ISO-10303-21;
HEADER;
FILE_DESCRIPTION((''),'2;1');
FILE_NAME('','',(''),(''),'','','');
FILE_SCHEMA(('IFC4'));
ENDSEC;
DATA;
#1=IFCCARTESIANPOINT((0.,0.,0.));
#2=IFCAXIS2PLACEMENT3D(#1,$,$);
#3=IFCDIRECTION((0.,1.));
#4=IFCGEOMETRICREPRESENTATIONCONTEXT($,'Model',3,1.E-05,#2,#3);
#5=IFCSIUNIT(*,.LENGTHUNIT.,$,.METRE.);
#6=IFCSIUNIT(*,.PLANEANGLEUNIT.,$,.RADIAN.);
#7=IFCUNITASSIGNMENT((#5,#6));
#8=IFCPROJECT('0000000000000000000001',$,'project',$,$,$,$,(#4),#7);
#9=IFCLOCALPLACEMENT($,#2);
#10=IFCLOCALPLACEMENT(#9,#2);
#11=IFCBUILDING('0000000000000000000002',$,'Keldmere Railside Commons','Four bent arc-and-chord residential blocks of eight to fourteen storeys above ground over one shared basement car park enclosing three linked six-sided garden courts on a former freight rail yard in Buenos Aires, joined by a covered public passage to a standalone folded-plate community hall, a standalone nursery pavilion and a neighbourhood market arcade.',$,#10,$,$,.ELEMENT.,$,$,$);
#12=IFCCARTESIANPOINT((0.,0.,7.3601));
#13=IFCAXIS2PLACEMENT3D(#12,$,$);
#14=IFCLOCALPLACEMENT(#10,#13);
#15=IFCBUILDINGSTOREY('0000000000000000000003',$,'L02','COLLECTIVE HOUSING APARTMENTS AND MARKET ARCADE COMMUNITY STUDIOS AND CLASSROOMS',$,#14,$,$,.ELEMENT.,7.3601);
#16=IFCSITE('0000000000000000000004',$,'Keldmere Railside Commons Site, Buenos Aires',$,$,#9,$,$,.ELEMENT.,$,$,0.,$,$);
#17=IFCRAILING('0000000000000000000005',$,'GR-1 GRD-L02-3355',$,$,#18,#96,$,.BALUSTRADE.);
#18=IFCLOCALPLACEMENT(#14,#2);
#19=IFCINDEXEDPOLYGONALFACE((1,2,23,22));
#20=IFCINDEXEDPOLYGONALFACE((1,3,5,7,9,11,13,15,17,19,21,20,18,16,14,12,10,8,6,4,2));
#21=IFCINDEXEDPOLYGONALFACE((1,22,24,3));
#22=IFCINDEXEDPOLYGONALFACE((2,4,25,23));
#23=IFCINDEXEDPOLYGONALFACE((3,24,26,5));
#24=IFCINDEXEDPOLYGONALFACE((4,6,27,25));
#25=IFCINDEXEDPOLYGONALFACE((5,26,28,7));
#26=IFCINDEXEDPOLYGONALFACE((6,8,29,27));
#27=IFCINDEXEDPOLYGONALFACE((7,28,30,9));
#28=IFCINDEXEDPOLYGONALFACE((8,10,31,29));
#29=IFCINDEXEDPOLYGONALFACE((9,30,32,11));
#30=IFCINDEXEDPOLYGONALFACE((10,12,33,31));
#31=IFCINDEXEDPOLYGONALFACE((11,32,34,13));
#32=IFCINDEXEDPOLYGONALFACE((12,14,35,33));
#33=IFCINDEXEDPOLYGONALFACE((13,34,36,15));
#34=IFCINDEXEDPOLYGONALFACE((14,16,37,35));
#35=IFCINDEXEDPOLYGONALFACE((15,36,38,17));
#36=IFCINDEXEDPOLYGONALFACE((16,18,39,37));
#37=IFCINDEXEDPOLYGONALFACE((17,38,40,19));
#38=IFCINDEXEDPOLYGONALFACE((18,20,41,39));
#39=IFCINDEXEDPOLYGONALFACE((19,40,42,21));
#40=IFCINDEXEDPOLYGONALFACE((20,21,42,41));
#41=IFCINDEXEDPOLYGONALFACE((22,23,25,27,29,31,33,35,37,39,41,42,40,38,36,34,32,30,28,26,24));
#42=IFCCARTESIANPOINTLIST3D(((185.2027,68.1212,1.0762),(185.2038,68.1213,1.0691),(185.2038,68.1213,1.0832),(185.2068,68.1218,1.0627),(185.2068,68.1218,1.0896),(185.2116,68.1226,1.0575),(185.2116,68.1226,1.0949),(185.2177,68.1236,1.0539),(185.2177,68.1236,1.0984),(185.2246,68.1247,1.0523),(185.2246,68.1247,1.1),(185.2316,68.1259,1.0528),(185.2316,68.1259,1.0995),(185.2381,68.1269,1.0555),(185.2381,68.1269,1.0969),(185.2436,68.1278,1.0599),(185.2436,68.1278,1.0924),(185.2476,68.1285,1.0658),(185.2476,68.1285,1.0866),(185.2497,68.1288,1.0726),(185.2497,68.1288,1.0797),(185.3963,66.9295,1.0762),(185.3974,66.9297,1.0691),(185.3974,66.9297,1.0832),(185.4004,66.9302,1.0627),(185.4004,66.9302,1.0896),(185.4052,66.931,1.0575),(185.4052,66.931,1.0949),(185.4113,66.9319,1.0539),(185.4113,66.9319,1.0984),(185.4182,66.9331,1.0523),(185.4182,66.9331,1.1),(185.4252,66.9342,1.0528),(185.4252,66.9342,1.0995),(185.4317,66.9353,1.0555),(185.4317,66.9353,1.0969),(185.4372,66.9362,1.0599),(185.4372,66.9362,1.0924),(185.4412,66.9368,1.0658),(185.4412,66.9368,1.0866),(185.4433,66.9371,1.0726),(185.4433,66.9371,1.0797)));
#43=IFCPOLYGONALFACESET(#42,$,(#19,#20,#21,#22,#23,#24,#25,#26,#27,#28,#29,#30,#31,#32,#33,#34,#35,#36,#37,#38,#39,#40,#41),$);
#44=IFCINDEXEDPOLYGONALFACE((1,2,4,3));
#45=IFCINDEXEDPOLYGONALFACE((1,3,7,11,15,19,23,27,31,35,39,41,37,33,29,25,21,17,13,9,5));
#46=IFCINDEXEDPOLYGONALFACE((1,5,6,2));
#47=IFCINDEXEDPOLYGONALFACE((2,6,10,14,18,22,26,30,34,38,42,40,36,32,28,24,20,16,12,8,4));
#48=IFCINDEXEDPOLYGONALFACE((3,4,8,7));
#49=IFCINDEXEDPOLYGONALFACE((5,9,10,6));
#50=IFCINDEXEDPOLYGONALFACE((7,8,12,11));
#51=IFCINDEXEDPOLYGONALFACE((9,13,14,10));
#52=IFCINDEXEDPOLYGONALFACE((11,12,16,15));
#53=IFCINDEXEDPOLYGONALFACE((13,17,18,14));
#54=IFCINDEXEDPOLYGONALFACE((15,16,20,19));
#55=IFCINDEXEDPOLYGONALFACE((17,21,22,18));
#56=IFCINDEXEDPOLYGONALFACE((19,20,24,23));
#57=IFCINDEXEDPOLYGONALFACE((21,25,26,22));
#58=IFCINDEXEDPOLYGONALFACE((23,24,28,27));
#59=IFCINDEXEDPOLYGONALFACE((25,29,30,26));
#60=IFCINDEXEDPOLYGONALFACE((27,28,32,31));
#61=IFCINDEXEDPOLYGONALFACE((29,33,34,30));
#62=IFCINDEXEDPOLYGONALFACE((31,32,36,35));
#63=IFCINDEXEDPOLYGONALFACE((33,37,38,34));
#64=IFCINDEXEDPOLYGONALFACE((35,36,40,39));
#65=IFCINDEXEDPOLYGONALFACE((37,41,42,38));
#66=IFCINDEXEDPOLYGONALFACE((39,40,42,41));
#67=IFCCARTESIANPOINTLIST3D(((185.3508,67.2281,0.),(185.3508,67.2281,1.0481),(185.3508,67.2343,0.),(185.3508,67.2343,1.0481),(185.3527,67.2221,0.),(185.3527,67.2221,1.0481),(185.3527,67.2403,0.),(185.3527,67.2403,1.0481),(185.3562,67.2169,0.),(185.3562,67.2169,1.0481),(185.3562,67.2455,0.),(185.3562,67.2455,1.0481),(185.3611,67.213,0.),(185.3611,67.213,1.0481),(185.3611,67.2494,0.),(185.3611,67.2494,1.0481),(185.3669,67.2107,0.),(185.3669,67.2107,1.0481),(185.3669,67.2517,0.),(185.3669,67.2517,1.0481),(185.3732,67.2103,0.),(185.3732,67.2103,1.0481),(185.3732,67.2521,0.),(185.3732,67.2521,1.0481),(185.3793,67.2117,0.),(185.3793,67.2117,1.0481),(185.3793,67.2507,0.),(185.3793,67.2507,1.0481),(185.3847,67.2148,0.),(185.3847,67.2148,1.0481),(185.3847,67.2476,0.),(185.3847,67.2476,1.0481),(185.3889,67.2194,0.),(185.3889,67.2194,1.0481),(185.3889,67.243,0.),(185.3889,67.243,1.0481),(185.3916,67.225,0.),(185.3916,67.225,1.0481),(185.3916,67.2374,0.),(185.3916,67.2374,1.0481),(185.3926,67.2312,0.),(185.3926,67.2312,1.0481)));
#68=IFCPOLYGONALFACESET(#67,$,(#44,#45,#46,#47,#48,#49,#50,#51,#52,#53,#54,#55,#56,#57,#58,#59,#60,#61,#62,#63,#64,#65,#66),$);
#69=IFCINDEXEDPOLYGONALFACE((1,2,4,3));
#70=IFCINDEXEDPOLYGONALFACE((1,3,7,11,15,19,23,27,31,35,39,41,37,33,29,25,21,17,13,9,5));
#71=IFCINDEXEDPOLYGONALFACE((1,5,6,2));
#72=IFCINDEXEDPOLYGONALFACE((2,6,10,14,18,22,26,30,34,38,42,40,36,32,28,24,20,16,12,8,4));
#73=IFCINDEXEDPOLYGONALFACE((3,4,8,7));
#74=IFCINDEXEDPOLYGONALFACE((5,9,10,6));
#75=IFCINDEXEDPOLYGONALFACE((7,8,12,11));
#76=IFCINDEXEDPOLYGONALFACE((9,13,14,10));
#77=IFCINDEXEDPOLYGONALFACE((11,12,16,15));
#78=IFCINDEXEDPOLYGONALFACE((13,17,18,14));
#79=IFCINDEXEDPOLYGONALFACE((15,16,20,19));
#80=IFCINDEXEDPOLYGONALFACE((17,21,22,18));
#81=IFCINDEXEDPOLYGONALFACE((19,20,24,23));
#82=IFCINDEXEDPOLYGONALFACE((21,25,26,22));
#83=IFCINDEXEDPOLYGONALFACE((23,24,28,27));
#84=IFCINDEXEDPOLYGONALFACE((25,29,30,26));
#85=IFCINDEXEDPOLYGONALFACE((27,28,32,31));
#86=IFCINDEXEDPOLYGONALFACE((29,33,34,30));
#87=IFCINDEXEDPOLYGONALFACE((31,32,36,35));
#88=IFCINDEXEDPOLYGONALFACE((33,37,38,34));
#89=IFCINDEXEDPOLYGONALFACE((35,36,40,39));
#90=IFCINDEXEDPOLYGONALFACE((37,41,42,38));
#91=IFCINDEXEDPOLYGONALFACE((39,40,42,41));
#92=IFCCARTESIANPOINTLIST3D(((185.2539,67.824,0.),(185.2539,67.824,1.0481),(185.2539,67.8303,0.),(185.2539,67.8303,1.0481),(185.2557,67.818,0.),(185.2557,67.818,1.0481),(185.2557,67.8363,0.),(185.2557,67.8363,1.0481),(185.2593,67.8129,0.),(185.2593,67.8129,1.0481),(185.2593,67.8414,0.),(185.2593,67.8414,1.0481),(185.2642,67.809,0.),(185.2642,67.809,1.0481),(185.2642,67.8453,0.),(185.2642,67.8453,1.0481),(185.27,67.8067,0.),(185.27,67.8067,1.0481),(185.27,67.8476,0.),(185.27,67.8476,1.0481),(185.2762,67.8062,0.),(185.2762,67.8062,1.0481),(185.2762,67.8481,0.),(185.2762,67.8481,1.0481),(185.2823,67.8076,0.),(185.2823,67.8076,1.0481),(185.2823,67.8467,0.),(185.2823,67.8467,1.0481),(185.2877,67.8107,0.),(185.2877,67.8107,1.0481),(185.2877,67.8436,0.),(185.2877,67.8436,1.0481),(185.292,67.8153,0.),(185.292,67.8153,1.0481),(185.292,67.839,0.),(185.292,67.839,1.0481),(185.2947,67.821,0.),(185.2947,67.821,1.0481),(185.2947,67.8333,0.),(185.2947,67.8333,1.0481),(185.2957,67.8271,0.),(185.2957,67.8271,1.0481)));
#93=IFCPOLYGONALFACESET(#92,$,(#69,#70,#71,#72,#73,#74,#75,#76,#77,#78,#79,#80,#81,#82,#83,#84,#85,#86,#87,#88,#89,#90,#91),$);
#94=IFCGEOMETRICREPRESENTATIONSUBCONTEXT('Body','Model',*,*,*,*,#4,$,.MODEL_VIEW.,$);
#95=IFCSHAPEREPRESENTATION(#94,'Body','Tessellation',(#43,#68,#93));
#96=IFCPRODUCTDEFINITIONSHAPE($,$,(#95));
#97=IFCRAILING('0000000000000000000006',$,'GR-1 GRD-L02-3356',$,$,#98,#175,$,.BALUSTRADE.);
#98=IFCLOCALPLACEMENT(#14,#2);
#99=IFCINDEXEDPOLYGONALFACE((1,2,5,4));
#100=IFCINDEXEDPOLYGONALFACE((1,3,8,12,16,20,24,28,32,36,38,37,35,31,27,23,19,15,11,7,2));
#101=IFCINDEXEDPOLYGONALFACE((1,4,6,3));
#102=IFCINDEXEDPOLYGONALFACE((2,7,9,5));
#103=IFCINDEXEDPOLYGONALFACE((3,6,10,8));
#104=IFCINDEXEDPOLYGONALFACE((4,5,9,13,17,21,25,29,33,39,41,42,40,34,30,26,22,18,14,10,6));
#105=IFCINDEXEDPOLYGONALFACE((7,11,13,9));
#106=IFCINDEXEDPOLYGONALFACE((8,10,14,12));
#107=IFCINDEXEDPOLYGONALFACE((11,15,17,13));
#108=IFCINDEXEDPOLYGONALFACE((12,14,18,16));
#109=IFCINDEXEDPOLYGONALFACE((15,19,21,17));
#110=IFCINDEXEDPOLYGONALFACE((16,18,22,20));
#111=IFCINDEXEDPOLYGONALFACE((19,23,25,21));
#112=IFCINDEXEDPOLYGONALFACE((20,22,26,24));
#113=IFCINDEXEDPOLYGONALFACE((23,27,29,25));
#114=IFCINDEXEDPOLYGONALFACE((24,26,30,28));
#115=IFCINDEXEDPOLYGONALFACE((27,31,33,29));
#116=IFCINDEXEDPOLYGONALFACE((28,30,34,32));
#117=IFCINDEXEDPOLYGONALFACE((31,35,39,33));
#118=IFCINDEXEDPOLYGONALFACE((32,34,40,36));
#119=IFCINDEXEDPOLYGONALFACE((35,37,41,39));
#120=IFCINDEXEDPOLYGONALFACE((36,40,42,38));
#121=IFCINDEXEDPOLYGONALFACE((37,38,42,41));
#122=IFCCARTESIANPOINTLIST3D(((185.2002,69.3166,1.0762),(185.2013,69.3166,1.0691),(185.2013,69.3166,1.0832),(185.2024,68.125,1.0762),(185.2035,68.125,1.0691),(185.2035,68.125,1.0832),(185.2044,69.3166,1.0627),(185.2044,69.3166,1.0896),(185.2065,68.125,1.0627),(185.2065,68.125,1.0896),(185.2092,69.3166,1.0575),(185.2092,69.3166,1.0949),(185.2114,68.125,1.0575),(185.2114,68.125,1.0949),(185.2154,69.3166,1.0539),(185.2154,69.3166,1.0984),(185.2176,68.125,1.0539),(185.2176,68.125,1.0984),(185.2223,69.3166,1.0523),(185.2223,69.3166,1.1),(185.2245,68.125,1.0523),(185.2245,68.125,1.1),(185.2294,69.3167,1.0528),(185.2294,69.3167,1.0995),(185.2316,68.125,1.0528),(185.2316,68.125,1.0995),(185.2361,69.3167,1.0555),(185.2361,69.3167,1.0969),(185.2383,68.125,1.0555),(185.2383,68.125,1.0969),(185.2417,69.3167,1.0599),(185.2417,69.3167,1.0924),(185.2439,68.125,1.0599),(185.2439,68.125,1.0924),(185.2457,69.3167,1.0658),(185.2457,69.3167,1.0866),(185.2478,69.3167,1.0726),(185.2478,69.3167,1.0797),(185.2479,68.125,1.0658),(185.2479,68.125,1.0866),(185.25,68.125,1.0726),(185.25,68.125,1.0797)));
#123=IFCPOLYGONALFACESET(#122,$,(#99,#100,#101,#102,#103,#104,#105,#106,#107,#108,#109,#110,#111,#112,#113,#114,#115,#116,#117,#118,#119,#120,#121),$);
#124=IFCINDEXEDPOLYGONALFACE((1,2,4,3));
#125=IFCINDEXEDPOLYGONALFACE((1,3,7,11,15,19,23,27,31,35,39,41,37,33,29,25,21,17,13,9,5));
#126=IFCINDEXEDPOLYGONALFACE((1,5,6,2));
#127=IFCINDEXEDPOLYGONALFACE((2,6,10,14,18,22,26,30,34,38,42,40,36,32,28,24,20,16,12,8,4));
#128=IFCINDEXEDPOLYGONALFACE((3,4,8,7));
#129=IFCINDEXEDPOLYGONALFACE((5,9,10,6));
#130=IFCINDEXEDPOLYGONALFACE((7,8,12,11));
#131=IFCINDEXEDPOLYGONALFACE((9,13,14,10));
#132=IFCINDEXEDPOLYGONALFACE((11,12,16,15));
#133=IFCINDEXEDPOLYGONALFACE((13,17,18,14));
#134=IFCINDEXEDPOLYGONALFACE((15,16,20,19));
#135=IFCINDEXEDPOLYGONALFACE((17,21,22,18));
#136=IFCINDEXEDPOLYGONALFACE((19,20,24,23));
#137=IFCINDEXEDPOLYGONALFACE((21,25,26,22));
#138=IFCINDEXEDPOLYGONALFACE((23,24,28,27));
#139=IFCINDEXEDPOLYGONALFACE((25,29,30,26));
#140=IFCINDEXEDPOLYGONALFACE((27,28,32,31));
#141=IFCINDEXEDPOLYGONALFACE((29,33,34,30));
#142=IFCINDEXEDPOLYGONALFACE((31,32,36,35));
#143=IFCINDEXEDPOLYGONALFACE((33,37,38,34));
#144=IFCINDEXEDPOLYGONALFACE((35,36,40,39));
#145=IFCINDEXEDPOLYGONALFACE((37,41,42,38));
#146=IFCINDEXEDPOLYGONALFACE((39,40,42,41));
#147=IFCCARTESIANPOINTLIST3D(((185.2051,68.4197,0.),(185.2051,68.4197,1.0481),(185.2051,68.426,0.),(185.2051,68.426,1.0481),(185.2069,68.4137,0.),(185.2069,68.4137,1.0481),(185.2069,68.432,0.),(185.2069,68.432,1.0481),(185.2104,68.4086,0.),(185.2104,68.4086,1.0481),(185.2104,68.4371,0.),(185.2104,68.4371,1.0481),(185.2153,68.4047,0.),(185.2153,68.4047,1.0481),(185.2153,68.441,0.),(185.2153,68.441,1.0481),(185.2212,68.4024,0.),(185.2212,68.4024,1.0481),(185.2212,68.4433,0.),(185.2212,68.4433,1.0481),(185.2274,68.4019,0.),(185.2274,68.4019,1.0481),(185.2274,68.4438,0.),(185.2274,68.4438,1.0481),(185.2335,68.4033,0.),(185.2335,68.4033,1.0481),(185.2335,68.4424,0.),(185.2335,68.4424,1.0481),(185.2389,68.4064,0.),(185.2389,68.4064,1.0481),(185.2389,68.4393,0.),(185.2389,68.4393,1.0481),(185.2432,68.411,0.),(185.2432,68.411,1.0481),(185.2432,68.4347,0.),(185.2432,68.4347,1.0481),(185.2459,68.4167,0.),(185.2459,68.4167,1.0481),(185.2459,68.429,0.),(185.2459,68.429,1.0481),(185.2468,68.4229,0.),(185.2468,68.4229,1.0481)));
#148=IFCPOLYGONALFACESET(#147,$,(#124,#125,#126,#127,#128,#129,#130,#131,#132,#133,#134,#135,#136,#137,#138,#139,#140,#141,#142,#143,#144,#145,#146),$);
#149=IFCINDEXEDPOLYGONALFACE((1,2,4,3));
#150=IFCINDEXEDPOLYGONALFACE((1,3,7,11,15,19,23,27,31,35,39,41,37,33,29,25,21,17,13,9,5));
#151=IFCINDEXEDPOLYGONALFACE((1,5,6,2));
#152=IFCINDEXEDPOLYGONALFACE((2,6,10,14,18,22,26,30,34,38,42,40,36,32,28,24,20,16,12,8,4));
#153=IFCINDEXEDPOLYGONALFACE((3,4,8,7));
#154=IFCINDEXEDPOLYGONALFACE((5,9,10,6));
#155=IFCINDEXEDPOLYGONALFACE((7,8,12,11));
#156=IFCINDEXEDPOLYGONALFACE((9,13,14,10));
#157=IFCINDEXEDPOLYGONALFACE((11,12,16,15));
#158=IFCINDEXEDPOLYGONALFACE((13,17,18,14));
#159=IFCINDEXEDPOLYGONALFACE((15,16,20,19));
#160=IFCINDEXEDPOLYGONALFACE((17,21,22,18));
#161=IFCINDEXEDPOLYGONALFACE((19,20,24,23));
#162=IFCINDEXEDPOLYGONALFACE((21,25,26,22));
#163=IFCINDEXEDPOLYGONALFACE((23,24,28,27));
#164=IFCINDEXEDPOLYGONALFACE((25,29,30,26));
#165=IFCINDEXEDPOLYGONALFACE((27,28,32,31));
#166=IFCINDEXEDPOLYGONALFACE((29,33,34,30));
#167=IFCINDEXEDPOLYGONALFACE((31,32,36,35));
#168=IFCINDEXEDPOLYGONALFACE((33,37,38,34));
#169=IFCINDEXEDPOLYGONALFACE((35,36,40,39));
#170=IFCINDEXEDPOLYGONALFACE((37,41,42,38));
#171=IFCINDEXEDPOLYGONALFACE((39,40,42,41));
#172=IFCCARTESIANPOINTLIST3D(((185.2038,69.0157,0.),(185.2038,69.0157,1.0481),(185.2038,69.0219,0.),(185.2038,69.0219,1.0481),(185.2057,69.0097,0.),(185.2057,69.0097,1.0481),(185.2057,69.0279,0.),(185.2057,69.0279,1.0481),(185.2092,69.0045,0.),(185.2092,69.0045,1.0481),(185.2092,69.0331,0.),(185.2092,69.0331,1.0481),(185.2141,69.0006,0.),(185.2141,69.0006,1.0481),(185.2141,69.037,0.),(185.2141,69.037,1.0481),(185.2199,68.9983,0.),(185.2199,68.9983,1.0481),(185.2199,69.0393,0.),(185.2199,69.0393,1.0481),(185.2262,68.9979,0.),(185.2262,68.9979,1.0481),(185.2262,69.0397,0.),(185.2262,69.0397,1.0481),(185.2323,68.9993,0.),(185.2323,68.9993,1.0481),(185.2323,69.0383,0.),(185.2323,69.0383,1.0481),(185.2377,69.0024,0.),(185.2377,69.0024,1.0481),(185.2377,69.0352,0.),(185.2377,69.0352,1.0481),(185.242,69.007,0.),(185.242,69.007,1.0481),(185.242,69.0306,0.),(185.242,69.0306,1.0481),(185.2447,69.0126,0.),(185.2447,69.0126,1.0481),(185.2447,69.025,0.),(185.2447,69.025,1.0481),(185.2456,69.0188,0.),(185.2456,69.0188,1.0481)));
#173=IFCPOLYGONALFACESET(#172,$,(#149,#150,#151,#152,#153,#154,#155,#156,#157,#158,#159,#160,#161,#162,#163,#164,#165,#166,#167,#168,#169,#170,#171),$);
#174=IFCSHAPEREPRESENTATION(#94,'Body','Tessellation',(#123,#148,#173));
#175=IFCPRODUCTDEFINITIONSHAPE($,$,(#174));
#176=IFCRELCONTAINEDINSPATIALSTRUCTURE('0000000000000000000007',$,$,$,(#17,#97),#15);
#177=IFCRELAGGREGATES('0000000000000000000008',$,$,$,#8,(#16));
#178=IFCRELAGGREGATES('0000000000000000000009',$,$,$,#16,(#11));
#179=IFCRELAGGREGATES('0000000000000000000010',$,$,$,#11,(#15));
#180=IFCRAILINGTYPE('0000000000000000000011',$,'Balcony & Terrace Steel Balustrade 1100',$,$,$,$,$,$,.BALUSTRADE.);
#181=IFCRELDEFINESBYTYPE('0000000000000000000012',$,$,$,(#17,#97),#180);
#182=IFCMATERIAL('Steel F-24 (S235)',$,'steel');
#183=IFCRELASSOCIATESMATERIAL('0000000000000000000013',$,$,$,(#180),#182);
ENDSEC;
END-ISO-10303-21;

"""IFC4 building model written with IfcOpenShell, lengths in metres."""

from ifc_helpers import new_model, si_unit, direction, frame, origin, origin_2d, place, context, subcontext, project, spatial, circle, extrude, material, type_object, element, save


model = new_model("IFC4")

# Units and contexts
model_context = context("Model", 3, precision=1e-05, world=origin(), true_north=direction((0.0, 1.0)))
body_context = subcontext(model_context, "Body", "Model", "MODEL_VIEW")
ifc_project = project(units=[si_unit("LENGTHUNIT", "METRE"), si_unit("PLANEANGLEUNIT", "RADIAN")], contexts=[model_context])

# Site, building, storey
site_placement = place(None, origin())
site = spatial("IfcSite", under=ifc_project, at=site_placement, Name="Keldmere Railside Commons Site, Buenos Aires", CompositionType="ELEMENT", RefElevation=0.0)
building_placement = place(site_placement, origin())
building = spatial("IfcBuilding", under=site, at=building_placement, Name="Keldmere Railside Commons", Description="Four bent arc-and-chord residential blocks of eight to fourteen storeys above ground over one shared basement car park enclosing three linked six-sided garden courts on a former freight rail yard in Buenos Aires, joined by a covered public passage to a standalone folded-plate community hall, a standalone nursery pavilion and a neighbourhood market arcade.", CompositionType="ELEMENT")
storey_placement = place(building_placement, frame((0.0, 0.0, 7.3601)))
storey = spatial("IfcBuildingStorey", under=building, at=storey_placement, Name="L02", Description="COLLECTIVE HOUSING APARTMENTS AND MARKET ARCADE COMMUNITY STUDIOS AND CLASSROOMS", CompositionType="ELEMENT", Elevation=7.3601)

# Shared definitions
ifc_material_1 = material(Name="Steel F-24 (S235)", Category="steel")

# Railings
railing_type_1 = type_object("IfcRailingType", Name="Balcony & Terrace Steel Balustrade 1100", PredefinedType="BALUSTRADE", material=ifc_material_1)
railing_1_placement = place(storey_placement, frame((185.4199, 66.9333, 0.0)))
element("IfcRailing", 1, at=railing_1_placement, inside=storey, type_object=railing_type_1, Name="GR-1 GRD-L02-3355", PredefinedType="BALUSTRADE", context=body_context, shape_type="SweptSolid", body=[
    extrude(circle(Radius=0.0239, at=origin_2d()), frame((0.0, 0.0, 1.0762), z_axis=(-0.160364, 0.987058, 0.0), x_axis=(-0.987058, -0.160364, 0.0)), (0.0, 0.0, 1.0), 1.2073),
    extrude(circle(Radius=0.021, at=origin_2d()), frame((-0.0483, 0.2979, 0.0)), (0.0, 0.0, 1.0), 1.0481),
    extrude(circle(Radius=0.021, at=origin_2d()), frame((-0.1453, 0.8938, 0.0)), (0.0, 0.0, 1.0), 1.0481),
])
railing_2_placement = place(storey_placement, frame((185.2263, 68.125, 0.0)))
element("IfcRailing", 2, at=railing_2_placement, inside=storey, type_object=railing_type_1, Name="GR-1 GRD-L02-3356", PredefinedType="BALUSTRADE", context=body_context, shape_type="SweptSolid", body=[
    extrude(circle(Radius=0.0239, at=origin_2d()), frame((0.0, 0.0, 1.0762), z_axis=(-0.001844, 0.999998, 0.0), x_axis=(-0.999998, -0.001844, 0.0)), (0.0, 0.0, 1.0), 1.1917),
    extrude(circle(Radius=0.021, at=origin_2d()), frame((-0.0005, 0.2979, 0.0)), (0.0, 0.0, 1.0), 1.0481),
    extrude(circle(Radius=0.021, at=origin_2d()), frame((-0.0017, 0.8938, 0.0)), (0.0, 0.0, 1.0), 1.0481),
])

save(model, "model.ifc")
